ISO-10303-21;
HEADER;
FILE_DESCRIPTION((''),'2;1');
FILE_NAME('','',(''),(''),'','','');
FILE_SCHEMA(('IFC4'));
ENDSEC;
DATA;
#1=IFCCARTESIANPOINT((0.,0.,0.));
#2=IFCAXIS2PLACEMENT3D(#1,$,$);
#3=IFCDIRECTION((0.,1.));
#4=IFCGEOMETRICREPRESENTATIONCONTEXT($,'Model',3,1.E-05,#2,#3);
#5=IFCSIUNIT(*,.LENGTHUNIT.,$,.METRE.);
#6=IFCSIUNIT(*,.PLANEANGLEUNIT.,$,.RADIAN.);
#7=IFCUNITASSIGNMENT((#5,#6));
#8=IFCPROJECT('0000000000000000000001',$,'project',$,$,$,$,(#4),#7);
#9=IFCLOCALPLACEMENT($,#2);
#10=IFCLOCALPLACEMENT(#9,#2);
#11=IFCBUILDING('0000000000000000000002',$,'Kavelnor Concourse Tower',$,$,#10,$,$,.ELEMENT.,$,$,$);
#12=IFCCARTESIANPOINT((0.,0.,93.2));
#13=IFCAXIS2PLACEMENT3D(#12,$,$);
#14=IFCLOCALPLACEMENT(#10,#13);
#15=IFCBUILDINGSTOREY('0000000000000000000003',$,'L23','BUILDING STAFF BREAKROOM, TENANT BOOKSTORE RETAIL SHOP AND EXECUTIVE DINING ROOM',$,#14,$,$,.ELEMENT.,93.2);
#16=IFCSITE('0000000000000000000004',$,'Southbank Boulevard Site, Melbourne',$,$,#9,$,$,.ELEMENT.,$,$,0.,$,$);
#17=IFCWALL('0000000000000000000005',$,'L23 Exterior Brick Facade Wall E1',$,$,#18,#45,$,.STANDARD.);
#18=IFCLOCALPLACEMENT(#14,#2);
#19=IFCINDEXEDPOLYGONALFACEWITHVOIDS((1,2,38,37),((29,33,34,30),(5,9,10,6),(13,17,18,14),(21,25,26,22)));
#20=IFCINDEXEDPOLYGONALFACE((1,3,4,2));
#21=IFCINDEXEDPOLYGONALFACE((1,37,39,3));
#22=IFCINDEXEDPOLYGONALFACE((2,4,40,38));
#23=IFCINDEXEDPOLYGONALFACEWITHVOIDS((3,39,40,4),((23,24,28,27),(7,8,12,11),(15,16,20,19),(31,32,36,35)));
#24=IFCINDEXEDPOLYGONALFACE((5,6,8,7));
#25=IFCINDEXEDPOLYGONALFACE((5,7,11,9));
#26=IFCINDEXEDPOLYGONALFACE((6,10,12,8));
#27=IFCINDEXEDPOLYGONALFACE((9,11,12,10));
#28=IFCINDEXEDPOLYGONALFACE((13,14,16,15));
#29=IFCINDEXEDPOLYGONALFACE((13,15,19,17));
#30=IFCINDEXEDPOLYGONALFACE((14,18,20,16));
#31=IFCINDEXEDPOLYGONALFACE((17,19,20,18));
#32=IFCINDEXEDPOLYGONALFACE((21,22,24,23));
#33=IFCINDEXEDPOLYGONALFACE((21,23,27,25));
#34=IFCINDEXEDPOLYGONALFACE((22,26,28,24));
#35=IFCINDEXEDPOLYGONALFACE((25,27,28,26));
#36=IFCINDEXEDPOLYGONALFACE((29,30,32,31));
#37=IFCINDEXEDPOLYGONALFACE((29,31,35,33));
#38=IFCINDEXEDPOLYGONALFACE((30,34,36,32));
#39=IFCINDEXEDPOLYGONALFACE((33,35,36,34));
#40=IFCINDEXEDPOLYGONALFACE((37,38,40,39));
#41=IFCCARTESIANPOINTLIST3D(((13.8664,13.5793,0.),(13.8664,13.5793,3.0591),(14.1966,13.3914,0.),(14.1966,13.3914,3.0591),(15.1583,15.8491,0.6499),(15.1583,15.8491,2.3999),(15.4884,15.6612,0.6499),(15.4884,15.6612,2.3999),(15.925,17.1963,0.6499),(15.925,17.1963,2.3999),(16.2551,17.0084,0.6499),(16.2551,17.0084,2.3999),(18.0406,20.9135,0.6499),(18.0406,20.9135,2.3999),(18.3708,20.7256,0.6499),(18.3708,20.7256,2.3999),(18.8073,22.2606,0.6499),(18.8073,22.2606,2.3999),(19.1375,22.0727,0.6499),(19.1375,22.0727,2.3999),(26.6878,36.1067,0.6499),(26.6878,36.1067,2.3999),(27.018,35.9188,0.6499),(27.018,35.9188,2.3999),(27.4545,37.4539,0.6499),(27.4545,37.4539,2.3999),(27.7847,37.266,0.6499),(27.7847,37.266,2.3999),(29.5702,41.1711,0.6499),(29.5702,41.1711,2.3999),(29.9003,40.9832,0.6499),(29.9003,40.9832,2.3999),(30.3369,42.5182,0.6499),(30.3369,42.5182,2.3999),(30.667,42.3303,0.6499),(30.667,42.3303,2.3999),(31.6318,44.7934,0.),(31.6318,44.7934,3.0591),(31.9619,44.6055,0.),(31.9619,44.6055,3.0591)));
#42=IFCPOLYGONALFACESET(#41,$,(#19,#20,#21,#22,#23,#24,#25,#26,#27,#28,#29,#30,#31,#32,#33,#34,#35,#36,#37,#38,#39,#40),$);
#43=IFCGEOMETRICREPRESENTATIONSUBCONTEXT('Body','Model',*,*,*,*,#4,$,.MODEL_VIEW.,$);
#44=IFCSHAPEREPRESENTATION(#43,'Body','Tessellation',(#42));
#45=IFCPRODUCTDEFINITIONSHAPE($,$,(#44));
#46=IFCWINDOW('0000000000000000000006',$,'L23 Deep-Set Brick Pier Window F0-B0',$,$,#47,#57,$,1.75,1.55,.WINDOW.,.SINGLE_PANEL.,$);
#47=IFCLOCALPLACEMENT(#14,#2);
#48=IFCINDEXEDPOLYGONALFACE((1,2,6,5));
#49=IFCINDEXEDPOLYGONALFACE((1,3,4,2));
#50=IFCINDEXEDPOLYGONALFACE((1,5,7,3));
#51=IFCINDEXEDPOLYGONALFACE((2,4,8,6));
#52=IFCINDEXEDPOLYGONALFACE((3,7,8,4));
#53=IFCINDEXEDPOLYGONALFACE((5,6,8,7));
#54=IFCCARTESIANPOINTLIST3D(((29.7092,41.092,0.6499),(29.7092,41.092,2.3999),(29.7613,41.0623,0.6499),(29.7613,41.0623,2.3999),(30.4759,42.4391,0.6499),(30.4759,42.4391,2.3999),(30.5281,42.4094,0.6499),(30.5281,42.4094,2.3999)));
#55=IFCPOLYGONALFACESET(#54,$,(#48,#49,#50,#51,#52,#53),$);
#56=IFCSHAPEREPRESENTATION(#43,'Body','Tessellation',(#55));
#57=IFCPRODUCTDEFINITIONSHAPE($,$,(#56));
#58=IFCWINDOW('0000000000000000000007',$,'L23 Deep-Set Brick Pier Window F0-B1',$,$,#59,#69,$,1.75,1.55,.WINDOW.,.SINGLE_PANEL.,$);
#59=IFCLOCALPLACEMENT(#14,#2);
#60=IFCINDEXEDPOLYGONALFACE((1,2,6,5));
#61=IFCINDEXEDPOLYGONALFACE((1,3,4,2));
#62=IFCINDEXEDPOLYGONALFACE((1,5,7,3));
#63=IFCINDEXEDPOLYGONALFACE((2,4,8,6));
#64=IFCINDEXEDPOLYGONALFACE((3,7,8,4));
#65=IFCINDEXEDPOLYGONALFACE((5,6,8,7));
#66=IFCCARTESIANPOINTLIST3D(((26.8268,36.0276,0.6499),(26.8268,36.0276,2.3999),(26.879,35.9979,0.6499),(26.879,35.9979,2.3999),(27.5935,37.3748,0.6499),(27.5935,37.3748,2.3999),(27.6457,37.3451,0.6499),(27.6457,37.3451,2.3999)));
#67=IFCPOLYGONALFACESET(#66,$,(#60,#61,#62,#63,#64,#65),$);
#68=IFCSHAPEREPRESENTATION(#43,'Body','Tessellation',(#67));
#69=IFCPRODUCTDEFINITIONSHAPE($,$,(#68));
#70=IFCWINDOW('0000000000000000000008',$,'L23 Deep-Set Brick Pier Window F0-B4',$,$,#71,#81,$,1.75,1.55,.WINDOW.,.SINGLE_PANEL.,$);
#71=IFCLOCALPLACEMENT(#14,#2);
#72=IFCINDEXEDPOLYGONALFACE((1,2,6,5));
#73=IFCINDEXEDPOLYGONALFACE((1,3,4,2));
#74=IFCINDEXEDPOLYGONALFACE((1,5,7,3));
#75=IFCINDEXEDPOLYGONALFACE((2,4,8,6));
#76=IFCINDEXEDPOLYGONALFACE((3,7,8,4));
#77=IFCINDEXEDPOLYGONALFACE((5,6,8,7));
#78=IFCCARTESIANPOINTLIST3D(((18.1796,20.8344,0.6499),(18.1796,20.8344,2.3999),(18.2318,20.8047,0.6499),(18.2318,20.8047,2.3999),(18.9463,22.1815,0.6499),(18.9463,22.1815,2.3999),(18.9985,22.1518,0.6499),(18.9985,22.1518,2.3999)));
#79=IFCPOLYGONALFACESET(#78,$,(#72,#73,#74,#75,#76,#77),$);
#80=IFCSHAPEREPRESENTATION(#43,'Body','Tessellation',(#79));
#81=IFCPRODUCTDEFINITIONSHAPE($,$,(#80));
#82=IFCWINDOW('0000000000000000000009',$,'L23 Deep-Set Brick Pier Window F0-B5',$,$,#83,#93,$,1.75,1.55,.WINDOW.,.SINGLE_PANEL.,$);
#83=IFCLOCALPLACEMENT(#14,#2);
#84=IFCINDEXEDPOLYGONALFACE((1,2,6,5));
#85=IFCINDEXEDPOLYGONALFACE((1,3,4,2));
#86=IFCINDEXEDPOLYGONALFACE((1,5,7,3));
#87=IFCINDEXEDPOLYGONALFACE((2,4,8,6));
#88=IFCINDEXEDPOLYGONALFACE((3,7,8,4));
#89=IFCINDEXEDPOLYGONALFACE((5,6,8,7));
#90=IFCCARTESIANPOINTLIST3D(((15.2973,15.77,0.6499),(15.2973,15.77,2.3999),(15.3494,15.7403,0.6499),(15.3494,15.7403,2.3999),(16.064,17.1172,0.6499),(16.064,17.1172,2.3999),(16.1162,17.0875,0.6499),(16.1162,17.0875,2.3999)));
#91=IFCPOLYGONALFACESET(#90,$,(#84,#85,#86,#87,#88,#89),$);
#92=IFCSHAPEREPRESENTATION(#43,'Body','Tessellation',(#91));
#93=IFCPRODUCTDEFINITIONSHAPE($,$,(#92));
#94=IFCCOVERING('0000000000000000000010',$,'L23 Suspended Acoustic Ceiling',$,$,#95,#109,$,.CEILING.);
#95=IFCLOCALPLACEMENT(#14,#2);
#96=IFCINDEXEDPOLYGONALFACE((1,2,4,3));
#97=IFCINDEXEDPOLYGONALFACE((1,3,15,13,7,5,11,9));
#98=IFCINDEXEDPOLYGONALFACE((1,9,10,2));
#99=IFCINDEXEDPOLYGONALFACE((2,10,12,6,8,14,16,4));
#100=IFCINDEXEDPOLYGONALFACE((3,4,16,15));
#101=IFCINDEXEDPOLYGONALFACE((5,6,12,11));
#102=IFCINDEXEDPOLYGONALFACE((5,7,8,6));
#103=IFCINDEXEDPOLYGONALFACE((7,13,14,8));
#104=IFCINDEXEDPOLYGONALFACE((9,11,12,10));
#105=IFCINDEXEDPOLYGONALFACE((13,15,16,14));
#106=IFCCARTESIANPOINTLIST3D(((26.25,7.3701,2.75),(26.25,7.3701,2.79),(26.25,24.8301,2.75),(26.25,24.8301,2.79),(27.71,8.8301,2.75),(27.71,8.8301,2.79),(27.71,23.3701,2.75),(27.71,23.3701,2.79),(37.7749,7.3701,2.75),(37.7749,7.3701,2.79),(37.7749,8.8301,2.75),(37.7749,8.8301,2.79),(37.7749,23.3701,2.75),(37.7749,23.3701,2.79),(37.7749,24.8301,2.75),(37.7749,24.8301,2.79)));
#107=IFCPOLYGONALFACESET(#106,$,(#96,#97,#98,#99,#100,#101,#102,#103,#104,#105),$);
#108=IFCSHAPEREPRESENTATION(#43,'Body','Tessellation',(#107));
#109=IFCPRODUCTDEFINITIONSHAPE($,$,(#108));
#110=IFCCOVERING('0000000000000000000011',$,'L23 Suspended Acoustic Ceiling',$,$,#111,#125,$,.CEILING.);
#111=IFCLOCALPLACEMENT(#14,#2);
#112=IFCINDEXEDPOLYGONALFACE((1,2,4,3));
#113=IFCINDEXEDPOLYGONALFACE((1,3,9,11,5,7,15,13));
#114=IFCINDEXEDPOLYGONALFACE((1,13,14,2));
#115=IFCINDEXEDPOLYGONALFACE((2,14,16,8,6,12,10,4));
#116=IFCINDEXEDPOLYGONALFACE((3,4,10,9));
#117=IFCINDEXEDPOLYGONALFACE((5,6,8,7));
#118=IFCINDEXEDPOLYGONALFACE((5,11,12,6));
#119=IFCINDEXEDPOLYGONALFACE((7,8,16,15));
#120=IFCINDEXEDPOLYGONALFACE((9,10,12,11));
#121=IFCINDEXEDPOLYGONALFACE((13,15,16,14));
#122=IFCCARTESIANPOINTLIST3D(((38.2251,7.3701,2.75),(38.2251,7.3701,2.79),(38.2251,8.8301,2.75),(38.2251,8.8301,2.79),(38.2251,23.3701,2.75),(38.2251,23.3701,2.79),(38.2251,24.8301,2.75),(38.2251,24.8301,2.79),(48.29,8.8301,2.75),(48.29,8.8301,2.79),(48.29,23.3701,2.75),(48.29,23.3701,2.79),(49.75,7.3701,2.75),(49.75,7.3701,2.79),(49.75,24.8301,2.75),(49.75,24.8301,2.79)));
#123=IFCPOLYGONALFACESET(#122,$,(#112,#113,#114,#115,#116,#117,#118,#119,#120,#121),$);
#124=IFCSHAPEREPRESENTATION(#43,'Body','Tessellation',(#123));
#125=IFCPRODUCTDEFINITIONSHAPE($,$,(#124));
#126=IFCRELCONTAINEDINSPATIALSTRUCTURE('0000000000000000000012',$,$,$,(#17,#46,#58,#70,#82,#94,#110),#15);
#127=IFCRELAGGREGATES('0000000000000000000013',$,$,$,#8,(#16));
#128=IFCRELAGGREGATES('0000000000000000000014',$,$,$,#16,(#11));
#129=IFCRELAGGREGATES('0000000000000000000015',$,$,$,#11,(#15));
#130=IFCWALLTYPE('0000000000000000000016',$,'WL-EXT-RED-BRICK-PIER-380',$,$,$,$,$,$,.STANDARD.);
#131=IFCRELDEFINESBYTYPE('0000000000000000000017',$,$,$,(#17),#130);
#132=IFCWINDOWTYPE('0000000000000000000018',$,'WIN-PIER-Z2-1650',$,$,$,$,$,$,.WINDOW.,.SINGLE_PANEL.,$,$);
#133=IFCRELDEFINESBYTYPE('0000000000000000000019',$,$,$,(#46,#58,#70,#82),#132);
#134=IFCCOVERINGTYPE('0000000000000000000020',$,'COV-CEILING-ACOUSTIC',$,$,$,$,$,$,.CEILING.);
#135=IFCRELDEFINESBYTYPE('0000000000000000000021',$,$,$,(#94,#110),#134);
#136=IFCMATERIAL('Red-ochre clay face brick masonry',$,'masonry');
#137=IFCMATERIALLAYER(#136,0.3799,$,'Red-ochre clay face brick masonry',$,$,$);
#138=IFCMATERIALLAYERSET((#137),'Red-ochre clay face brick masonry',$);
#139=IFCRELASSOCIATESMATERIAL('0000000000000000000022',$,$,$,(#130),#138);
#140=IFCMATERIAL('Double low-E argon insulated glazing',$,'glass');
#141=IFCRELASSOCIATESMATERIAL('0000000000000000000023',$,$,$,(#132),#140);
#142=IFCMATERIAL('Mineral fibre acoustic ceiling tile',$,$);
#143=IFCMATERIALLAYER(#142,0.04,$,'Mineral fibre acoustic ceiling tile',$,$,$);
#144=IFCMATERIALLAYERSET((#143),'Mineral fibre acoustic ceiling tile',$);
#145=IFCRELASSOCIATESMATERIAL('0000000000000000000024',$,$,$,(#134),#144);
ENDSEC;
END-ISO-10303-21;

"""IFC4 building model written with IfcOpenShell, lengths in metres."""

from ifc_helpers import new_model, si_unit, direction, frame, frame_2d, origin, place, context, subcontext, project, spatial, polyline, rectangle, outline, extrude, material, layer, layer_set, type_object, element, fill, save


model = new_model("IFC4")

# Units and contexts
model_context = context("Model", 3, precision=1e-05, world=origin(), true_north=direction((0.0, 1.0)))
body_context = subcontext(model_context, "Body", "Model", "MODEL_VIEW")
ifc_project = project(units=[si_unit("LENGTHUNIT", "METRE"), si_unit("PLANEANGLEUNIT", "RADIAN")], contexts=[model_context])

# Site, building, storey
site_placement = place(None, origin())
site = spatial("IfcSite", under=ifc_project, at=site_placement, Name="Southbank Boulevard Site, Melbourne", CompositionType="ELEMENT", RefElevation=0.0)
building_placement = place(site_placement, origin())
building = spatial("IfcBuilding", under=site, at=building_placement, Name="Kavelnor Concourse Tower", CompositionType="ELEMENT")
storey_placement = place(building_placement, frame((0.0, 0.0, 93.2)))
storey = spatial("IfcBuildingStorey", under=building, at=storey_placement, Name="L23", Description="BUILDING STAFF BREAKROOM, TENANT BOOKSTORE RETAIL SHOP AND EXECUTIVE DINING ROOM", CompositionType="ELEMENT", Elevation=93.2)

# Wall, openings, windows
ifc_material_1 = material(Name="Red-ochre clay face brick masonry", Category="masonry")
ifc_layer_1 = layer(ifc_material_1, 0.3799, Name="Red-ochre clay face brick masonry")
ifc_layer_set_1 = layer_set([ifc_layer_1], Name="Red-ochre clay face brick masonry")
wall_type = type_object("IfcWallType", Name="WL-EXT-RED-BRICK-PIER-380", PredefinedType="STANDARD", material=ifc_layer_set_1)
wall_placement = place(storey_placement, frame((14.0315, 13.4854, 0.0), z_axis=(0.0, 0.0, 1.0), x_axis=(0.494643, 0.869096, 0.0)))
wall = element("IfcWall", 1, at=wall_placement, inside=storey, type_object=wall_type, Name="L23 Exterior Brick Facade Wall E1", PredefinedType="STANDARD", context=body_context, shape_type="SweptSolid", body=[
    extrude(rectangle(XDim=35.9155, YDim=0.3799, at=frame_2d((17.9578, 0.0))), origin(), (0.0, 0.0, 1.0), 3.0591),
])
opening_1_placement = place(wall_placement, frame((31.7478, 0.0, 0.6499)))
opening_1 = element("IfcOpeningElement", 2, at=opening_1_placement, cuts=wall, PredefinedType="OPENING", context=body_context, shape_type="SweptSolid", body=[
    extrude(rectangle(XDim=1.55, YDim=1.75, at=frame_2d((0.7749, 0.875))), frame((0.0, 0.2, 0.0), z_axis=(0.0, -1.0, 0.0), x_axis=(1.0, 0.0, 0.0)), (0.0, 0.0, 1.0), 0.3999),
])
opening_2_placement = place(wall_placement, frame((25.9207, 0.0, 0.6499)))
opening_2 = element("IfcOpeningElement", 3, at=opening_2_placement, cuts=wall, PredefinedType="OPENING", context=body_context, shape_type="SweptSolid", body=[
    extrude(rectangle(XDim=1.55, YDim=1.75, at=frame_2d((0.7749, 0.875))), frame((0.0, 0.2, 0.0), z_axis=(0.0, -1.0, 0.0), x_axis=(1.0, 0.0, 0.0)), (0.0, 0.0, 1.0), 0.3999),
])
opening_3_placement = place(wall_placement, frame((8.439, 0.0, 0.6499)))
opening_3 = element("IfcOpeningElement", 4, at=opening_3_placement, cuts=wall, PredefinedType="OPENING", context=body_context, shape_type="SweptSolid", body=[
    extrude(rectangle(XDim=1.55, YDim=1.75, at=frame_2d((0.7749, 0.875))), frame((0.0, 0.2, 0.0), z_axis=(0.0, -1.0, 0.0), x_axis=(1.0, 0.0, 0.0)), (0.0, 0.0, 1.0), 0.3999),
])
opening_4_placement = place(wall_placement, frame((2.6118, 0.0, 0.6499)))
opening_4 = element("IfcOpeningElement", 5, at=opening_4_placement, cuts=wall, PredefinedType="OPENING", context=body_context, shape_type="SweptSolid", body=[
    extrude(rectangle(XDim=1.55, YDim=1.75, at=frame_2d((0.7749, 0.875))), frame((0.0, 0.2, 0.0), z_axis=(0.0, -1.0, 0.0), x_axis=(1.0, 0.0, 0.0)), (0.0, 0.0, 1.0), 0.3999),
])
ifc_material_2 = material(Name="Double low-E argon insulated glazing", Category="glass")
window_type = type_object("IfcWindowType", Name="WIN-PIER-Z2-1650", PartitioningType="SINGLE_PANEL", PredefinedType="WINDOW", material=ifc_material_2)
window_1_placement = place(opening_1_placement, origin())
window_1 = element("IfcWindow", 6, at=window_1_placement, inside=storey, type_object=window_type, Name="L23 Deep-Set Brick Pier Window F0-B0", OverallHeight=1.75, OverallWidth=1.55, PartitioningType="SINGLE_PANEL", PredefinedType="WINDOW", context=body_context, shape_type="SweptSolid", body=[
    extrude(rectangle(XDim=1.55, YDim=1.75, at=frame_2d((0.7749, 0.875))), frame((0.0, 0.03, 0.0), z_axis=(0.0, -1.0, 0.0), x_axis=(1.0, 0.0, 0.0)), (0.0, 0.0, 1.0), 0.0601),
])
fill(opening_1, window_1)
window_2_placement = place(opening_2_placement, origin())
window_2 = element("IfcWindow", 7, at=window_2_placement, inside=storey, type_object=window_type, Name="L23 Deep-Set Brick Pier Window F0-B1", OverallHeight=1.75, OverallWidth=1.55, PartitioningType="SINGLE_PANEL", PredefinedType="WINDOW", context=body_context, shape_type="SweptSolid", body=[
    extrude(rectangle(XDim=1.55, YDim=1.75, at=frame_2d((0.7749, 0.875))), frame((0.0, 0.03, 0.0), z_axis=(0.0, -1.0, 0.0), x_axis=(1.0, 0.0, 0.0)), (0.0, 0.0, 1.0), 0.0601),
])
fill(opening_2, window_2)
window_3_placement = place(opening_3_placement, origin())
window_3 = element("IfcWindow", 8, at=window_3_placement, inside=storey, type_object=window_type, Name="L23 Deep-Set Brick Pier Window F0-B4", OverallHeight=1.75, OverallWidth=1.55, PartitioningType="SINGLE_PANEL", PredefinedType="WINDOW", context=body_context, shape_type="SweptSolid", body=[
    extrude(rectangle(XDim=1.55, YDim=1.75, at=frame_2d((0.7749, 0.875))), frame((0.0, 0.03, 0.0), z_axis=(0.0, -1.0, 0.0), x_axis=(1.0, 0.0, 0.0)), (0.0, 0.0, 1.0), 0.0601),
])
fill(opening_3, window_3)
window_4_placement = place(opening_4_placement, origin())
window_4 = element("IfcWindow", 9, at=window_4_placement, inside=storey, type_object=window_type, Name="L23 Deep-Set Brick Pier Window F0-B5", OverallHeight=1.75, OverallWidth=1.55, PartitioningType="SINGLE_PANEL", PredefinedType="WINDOW", context=body_context, shape_type="SweptSolid", body=[
    extrude(rectangle(XDim=1.55, YDim=1.75, at=frame_2d((0.7749, 0.875))), frame((0.0, 0.03, 0.0), z_axis=(0.0, -1.0, 0.0), x_axis=(1.0, 0.0, 0.0)), (0.0, 0.0, 1.0), 0.0601),
])
fill(opening_4, window_4)

# Coverings
ifc_material_3 = material(Name="Mineral fibre acoustic ceiling tile")
ifc_layer_2 = layer(ifc_material_3, 0.04, Name="Mineral fibre acoustic ceiling tile")
ifc_layer_set_2 = layer_set([ifc_layer_2], Name="Mineral fibre acoustic ceiling tile")
covering_type = type_object("IfcCoveringType", Name="COV-CEILING-ACOUSTIC", PredefinedType="CEILING", material=ifc_layer_set_2)
covering_1_placement = place(storey_placement, frame((0.0, 0.0, 2.75)))
element("IfcCovering", 10, at=covering_1_placement, inside=storey, type_object=covering_type, Name="L23 Suspended Acoustic Ceiling", PredefinedType="CEILING", context=body_context, shape_type="SweptSolid", body=[
    extrude(outline(polyline([(26.25, 7.3701), (26.25, 24.8301), (37.7749, 24.8301), (37.7749, 23.3701), (27.71, 23.3701), (27.71, 8.8301), (37.7749, 8.8301), (37.7749, 7.3701), (26.25, 7.3701)])), origin(), (0.0, 0.0, 1.0), 0.04),
])
covering_2_placement = place(storey_placement, frame((0.0, 0.0, 2.75)))
element("IfcCovering", 11, at=covering_2_placement, inside=storey, type_object=covering_type, Name="L23 Suspended Acoustic Ceiling", PredefinedType="CEILING", context=body_context, shape_type="SweptSolid", body=[
    extrude(outline(polyline([(49.75, 7.3701), (38.2251, 7.3701), (38.2251, 8.8301), (48.29, 8.8301), (48.29, 23.3701), (38.2251, 23.3701), (38.2251, 24.8301), (49.75, 24.8301), (49.75, 7.3701)])), origin(), (0.0, 0.0, 1.0), 0.04),
])

save(model, "model.ifc")
